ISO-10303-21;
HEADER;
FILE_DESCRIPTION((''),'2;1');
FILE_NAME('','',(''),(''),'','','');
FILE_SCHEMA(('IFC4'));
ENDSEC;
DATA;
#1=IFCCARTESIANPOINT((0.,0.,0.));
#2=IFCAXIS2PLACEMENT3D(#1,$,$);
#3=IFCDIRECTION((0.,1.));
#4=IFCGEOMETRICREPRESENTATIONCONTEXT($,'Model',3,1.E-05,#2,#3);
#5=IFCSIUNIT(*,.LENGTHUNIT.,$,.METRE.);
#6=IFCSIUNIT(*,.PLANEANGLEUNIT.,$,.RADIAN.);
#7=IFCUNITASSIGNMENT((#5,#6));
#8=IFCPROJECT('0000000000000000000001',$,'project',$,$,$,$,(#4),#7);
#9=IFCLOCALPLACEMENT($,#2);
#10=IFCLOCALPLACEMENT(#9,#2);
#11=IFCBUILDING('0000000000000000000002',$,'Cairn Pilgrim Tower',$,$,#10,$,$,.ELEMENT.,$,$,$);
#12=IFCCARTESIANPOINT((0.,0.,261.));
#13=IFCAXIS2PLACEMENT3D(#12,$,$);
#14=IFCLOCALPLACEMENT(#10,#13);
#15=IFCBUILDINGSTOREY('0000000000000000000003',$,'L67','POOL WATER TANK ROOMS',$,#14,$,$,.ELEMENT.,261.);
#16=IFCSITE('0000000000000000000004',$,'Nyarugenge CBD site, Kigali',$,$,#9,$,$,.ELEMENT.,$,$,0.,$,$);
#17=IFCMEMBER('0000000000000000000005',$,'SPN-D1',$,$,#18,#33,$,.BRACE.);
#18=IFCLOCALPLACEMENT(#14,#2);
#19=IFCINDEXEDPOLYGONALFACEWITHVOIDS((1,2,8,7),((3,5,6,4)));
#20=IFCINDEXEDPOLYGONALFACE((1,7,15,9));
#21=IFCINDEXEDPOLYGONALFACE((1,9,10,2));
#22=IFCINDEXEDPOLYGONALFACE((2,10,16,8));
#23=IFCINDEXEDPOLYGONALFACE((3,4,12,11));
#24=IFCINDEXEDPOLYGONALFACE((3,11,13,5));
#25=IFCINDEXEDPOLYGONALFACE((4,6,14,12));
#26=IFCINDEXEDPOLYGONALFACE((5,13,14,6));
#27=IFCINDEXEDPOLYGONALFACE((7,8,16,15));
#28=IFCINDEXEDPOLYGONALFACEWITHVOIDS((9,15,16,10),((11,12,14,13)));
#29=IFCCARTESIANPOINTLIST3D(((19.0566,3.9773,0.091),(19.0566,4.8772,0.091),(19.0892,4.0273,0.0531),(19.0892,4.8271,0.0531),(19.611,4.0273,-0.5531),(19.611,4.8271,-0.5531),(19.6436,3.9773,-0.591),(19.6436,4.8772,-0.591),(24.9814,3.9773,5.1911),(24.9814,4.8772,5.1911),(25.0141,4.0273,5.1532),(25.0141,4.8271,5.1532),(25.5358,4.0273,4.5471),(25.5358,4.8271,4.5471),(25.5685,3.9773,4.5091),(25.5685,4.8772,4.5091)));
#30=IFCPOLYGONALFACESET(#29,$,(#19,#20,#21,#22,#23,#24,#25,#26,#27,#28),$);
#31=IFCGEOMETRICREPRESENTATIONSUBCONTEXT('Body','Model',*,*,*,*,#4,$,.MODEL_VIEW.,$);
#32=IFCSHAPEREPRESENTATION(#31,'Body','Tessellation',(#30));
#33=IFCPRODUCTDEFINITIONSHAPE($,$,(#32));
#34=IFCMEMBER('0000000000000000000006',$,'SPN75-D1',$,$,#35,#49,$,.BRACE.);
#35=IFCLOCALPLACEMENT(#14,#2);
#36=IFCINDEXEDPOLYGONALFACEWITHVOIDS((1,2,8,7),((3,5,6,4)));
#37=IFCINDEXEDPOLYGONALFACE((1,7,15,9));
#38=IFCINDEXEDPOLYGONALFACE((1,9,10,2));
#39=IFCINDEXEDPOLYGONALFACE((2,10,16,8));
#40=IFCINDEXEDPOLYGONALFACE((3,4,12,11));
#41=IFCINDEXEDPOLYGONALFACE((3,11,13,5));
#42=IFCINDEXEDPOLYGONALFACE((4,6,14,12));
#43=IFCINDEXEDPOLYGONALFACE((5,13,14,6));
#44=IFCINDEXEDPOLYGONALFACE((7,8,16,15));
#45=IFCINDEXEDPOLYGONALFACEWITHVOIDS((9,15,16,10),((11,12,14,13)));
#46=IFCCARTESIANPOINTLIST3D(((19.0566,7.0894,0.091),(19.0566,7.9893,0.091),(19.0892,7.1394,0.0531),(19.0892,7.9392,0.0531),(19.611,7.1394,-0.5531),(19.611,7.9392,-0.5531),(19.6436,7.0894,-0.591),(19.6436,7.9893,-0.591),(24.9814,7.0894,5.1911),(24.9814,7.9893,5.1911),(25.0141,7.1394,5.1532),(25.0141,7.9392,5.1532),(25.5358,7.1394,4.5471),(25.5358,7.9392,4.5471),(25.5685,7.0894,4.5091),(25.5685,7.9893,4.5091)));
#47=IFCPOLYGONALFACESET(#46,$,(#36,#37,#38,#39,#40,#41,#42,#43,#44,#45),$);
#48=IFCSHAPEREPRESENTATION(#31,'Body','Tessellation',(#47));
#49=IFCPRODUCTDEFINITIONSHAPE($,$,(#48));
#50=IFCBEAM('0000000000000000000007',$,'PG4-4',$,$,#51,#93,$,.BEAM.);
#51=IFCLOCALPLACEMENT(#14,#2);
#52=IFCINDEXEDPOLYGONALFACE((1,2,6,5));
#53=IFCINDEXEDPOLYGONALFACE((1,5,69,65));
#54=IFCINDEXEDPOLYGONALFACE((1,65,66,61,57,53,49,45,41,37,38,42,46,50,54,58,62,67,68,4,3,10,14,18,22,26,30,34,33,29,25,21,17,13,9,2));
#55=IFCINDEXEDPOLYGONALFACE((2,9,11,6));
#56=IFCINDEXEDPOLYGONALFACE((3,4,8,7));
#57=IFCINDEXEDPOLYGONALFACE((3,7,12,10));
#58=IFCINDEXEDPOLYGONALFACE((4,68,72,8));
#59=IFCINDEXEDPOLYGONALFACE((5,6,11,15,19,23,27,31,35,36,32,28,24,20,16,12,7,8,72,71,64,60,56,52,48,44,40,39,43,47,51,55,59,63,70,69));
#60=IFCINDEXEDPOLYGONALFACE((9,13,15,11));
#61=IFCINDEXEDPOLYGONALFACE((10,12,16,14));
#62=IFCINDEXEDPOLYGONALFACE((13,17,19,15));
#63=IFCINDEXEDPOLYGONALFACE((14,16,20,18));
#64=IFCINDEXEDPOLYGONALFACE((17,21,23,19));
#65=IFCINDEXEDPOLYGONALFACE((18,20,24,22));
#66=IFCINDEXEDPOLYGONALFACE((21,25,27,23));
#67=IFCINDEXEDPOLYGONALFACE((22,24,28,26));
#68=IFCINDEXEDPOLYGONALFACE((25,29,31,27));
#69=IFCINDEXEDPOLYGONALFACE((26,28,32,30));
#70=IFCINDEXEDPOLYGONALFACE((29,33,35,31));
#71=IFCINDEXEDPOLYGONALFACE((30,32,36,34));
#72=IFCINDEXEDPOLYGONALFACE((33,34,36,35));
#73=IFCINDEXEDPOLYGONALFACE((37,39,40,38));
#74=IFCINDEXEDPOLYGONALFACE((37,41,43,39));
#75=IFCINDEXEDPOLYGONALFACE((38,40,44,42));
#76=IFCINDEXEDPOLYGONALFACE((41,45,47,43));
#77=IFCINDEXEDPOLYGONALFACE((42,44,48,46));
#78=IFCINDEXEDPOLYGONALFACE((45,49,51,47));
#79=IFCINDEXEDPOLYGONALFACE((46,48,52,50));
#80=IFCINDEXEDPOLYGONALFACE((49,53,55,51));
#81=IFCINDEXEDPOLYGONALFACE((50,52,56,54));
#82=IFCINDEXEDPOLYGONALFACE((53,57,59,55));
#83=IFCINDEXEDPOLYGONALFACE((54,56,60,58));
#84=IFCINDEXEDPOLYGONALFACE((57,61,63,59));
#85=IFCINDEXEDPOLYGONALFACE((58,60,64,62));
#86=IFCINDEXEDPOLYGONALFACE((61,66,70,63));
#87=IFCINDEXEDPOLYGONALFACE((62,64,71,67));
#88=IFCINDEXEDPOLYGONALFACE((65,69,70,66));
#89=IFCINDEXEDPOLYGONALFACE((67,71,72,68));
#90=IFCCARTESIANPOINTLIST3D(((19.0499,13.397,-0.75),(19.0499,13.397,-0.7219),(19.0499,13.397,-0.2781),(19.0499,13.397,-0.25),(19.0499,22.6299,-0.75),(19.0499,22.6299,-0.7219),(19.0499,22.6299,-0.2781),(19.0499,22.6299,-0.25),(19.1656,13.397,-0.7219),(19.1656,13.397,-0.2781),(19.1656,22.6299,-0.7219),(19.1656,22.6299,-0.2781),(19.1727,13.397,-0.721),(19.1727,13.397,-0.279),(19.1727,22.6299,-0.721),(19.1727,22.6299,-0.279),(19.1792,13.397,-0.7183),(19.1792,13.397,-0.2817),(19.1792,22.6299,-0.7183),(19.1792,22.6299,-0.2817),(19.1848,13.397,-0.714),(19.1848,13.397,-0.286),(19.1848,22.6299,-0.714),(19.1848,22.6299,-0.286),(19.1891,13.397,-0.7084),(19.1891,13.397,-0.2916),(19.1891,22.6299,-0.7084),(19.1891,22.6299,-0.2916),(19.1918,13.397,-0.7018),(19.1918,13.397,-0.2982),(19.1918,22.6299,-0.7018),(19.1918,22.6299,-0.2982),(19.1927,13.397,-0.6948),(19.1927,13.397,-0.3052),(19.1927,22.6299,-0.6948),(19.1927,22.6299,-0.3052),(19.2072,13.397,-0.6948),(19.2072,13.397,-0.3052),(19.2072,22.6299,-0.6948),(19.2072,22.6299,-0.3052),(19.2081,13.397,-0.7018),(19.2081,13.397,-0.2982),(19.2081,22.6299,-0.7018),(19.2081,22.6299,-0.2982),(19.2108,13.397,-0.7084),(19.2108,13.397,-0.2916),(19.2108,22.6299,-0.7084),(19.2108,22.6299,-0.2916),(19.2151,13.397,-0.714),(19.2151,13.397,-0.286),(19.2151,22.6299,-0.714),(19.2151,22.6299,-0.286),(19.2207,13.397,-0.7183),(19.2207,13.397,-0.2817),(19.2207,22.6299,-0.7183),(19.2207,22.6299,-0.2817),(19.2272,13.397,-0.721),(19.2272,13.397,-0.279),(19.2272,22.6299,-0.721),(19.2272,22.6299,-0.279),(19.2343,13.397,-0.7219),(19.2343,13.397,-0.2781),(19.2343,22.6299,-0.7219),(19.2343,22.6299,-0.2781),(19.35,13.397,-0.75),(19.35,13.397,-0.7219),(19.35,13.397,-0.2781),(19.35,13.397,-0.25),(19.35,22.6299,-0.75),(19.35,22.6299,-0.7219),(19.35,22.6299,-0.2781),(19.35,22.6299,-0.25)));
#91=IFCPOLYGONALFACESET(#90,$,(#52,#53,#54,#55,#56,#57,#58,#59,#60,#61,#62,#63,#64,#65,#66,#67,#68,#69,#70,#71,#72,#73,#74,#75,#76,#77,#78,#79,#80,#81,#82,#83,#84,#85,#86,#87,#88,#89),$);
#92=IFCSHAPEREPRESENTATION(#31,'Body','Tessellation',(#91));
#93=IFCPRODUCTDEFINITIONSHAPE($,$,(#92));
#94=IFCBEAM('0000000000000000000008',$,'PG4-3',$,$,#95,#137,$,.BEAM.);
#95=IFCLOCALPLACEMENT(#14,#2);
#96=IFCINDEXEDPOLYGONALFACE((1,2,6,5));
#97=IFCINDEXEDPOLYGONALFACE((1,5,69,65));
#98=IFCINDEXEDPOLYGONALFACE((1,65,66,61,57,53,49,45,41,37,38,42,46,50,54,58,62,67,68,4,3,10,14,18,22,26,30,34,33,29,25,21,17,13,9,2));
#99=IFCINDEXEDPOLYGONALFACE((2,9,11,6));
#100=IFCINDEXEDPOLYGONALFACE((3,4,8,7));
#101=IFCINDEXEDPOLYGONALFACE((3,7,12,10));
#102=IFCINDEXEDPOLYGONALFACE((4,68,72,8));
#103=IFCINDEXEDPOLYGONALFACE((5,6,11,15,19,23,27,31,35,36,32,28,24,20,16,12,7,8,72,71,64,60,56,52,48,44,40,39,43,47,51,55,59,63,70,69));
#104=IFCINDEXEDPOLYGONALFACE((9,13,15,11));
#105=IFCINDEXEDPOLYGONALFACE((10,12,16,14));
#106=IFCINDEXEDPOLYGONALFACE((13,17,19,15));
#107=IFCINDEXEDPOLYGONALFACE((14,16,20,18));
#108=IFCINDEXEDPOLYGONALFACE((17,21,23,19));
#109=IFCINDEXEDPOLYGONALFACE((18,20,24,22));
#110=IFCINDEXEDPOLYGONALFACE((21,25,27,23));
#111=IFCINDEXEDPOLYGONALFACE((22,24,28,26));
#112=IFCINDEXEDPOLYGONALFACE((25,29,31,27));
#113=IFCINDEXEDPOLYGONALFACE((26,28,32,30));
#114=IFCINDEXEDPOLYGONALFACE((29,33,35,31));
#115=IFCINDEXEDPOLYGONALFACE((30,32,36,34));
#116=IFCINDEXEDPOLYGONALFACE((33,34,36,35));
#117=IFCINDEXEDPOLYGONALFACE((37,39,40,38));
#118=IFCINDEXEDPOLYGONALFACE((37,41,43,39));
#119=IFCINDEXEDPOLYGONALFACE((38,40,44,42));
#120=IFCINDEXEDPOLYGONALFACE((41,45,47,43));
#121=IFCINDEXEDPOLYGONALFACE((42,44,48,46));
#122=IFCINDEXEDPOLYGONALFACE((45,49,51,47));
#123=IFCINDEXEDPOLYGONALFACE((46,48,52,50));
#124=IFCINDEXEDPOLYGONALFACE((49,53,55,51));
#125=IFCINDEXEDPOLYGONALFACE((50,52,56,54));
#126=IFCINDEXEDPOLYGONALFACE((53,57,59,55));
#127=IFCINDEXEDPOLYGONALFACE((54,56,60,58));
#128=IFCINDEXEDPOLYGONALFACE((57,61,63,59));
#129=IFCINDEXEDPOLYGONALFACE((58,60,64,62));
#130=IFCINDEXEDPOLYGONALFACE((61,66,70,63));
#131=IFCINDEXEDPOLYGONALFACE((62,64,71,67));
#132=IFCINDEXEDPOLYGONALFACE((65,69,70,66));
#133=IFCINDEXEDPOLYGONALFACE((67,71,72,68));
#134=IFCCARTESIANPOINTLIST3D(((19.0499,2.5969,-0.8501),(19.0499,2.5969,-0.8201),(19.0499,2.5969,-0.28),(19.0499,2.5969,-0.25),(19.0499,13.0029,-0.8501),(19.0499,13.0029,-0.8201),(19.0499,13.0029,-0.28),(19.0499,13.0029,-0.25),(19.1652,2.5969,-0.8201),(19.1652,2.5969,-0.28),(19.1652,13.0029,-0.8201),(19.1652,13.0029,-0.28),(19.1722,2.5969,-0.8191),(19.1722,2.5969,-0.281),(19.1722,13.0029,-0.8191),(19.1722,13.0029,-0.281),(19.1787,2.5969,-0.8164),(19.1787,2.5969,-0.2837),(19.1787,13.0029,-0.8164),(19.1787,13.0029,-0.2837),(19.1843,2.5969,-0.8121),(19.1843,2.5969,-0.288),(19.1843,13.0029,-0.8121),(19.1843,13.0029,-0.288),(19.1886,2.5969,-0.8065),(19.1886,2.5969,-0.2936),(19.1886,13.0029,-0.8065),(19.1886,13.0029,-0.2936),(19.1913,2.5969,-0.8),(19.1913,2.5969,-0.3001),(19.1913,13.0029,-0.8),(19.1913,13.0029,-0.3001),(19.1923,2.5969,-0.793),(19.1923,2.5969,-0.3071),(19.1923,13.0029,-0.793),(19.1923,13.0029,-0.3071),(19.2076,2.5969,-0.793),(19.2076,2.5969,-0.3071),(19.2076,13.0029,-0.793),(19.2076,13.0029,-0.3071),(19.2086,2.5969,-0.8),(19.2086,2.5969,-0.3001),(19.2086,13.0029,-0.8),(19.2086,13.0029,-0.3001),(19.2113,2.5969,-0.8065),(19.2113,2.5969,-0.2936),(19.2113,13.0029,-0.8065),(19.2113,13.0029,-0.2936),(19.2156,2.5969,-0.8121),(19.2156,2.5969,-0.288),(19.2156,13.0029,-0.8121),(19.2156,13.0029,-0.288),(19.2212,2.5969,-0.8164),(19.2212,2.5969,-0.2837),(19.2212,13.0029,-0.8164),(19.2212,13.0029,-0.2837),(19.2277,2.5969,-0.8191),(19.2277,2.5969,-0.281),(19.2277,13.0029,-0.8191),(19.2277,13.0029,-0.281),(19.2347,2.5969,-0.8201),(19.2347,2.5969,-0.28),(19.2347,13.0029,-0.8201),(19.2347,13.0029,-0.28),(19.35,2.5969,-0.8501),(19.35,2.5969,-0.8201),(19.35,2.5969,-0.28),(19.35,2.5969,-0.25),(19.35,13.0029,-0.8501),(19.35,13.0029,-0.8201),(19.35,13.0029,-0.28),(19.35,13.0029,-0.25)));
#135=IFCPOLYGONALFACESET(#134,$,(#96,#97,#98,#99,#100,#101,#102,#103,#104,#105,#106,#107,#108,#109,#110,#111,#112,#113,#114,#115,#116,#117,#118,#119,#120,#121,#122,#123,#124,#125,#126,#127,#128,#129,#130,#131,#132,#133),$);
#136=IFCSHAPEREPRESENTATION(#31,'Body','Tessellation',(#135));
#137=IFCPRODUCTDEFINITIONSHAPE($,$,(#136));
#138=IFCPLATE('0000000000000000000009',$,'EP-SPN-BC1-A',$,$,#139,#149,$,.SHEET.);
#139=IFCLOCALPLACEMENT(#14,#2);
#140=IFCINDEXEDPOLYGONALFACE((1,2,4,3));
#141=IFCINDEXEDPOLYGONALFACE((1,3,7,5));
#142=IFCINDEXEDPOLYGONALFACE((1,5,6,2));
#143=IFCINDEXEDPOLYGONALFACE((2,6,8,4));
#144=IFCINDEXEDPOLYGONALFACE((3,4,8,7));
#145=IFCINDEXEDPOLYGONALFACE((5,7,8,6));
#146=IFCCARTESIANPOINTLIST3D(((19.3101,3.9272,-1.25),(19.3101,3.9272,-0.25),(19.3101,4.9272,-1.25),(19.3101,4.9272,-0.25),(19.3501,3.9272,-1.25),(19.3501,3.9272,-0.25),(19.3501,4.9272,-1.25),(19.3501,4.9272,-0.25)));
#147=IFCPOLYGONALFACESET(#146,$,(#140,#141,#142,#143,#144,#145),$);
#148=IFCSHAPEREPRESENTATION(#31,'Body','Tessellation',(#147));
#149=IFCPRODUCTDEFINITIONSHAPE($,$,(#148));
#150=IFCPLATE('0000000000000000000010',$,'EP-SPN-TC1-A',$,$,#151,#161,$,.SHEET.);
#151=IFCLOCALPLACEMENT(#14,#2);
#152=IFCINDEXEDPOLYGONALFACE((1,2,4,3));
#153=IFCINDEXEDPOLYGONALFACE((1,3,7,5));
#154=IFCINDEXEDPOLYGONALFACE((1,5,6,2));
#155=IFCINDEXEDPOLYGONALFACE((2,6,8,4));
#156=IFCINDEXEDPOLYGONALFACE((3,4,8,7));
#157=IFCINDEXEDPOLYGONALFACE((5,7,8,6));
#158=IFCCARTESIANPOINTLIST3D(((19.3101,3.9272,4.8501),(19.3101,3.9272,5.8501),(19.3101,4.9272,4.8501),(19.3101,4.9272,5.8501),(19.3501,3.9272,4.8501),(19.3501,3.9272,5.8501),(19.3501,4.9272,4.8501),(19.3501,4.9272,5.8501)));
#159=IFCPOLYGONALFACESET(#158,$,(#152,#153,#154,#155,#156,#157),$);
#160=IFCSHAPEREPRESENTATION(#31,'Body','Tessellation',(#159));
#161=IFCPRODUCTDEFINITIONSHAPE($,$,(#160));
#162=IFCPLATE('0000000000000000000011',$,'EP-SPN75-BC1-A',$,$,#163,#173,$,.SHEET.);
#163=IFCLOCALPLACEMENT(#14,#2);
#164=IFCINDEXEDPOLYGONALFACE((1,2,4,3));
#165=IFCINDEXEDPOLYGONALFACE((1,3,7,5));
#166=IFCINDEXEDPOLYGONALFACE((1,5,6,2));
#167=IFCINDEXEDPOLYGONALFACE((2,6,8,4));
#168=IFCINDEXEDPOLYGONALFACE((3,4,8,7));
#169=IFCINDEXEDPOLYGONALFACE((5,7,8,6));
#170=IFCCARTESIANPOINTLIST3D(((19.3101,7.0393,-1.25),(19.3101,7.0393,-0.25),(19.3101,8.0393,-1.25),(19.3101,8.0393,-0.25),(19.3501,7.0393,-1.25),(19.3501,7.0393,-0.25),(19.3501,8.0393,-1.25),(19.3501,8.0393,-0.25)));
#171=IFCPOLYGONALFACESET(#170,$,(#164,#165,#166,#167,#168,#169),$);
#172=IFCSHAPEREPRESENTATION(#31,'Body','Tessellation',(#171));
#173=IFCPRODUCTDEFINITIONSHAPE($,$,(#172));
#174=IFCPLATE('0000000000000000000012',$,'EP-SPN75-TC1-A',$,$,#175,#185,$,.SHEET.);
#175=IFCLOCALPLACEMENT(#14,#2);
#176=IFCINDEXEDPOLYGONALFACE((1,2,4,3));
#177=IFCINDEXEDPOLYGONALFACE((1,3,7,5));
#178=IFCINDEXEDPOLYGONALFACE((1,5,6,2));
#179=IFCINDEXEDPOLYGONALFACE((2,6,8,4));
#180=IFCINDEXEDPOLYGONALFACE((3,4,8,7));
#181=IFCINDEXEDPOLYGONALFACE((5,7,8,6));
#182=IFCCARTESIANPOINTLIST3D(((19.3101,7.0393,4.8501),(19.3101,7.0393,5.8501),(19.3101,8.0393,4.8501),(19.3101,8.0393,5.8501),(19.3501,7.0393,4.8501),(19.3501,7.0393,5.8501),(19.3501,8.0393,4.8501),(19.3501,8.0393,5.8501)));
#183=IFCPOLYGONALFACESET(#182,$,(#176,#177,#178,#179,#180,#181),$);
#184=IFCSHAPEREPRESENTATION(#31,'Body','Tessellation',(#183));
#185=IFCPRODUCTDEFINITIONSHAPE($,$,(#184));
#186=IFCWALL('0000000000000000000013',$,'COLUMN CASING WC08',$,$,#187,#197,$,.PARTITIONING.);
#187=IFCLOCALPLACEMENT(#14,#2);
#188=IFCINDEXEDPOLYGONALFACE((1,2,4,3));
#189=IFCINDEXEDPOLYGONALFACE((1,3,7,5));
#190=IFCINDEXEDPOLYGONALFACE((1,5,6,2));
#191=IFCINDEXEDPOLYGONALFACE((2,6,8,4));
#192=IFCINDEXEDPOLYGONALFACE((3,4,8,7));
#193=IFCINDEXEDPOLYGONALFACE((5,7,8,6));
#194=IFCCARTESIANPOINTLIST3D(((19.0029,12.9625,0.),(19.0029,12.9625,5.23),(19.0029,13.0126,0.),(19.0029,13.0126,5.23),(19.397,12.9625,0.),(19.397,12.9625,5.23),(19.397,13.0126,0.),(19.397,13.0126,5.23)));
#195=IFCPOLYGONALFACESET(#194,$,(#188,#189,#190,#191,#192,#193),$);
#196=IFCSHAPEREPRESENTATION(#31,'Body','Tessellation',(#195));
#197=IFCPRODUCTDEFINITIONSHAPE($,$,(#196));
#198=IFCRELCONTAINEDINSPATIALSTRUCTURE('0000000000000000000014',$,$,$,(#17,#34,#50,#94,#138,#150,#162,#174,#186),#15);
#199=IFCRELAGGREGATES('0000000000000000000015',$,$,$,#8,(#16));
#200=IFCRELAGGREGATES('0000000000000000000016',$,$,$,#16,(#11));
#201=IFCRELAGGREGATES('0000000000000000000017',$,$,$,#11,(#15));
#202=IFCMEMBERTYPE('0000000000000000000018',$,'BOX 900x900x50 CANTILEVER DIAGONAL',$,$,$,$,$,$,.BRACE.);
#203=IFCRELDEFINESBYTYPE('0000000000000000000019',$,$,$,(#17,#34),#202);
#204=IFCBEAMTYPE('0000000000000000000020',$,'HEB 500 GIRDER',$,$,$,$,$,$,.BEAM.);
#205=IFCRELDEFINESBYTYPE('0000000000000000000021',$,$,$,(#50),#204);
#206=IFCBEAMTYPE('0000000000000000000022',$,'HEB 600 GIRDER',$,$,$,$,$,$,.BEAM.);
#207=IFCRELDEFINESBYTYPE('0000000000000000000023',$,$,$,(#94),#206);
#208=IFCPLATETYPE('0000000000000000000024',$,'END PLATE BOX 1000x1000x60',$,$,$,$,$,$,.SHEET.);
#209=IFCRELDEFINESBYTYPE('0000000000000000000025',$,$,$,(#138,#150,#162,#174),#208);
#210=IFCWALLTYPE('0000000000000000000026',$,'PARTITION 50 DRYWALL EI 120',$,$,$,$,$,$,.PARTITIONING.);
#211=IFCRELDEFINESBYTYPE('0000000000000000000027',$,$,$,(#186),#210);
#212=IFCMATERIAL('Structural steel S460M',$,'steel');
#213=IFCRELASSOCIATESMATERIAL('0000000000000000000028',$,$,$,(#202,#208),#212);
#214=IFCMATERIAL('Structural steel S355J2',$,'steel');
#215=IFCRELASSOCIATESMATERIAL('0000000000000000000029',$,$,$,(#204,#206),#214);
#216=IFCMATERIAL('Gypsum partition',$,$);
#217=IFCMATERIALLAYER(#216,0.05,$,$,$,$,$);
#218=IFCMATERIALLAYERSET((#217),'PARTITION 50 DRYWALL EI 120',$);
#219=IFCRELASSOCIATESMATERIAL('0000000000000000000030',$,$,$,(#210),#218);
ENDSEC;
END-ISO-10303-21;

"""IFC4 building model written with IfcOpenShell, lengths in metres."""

from ifc_helpers import new_model, si_unit, direction, frame, frame_2d, origin, origin_2d, place, context, subcontext, project, spatial, rectangle, hollow_rectangle, i_section, extrude, material, layer, layer_set, material_profile, profile_set, type_object, element, save


model = new_model("IFC4")

# Units and contexts
model_context = context("Model", 3, precision=1e-05, world=origin(), true_north=direction((0.0, 1.0)))
body_context = subcontext(model_context, "Body", "Model", "MODEL_VIEW")
ifc_project = project(units=[si_unit("LENGTHUNIT", "METRE"), si_unit("PLANEANGLEUNIT", "RADIAN")], contexts=[model_context])

# Site, building, storey
site_placement = place(None, origin())
site = spatial("IfcSite", under=ifc_project, at=site_placement, Name="Nyarugenge CBD site, Kigali", CompositionType="ELEMENT", RefElevation=0.0)
building_placement = place(site_placement, origin())
building = spatial("IfcBuilding", under=site, at=building_placement, Name="Cairn Pilgrim Tower", CompositionType="ELEMENT")
storey_placement = place(building_placement, frame((0.0, 0.0, 261.0)))
storey = spatial("IfcBuildingStorey", under=building, at=storey_placement, Name="L67", Description="POOL WATER TANK ROOMS", CompositionType="ELEMENT", Elevation=261.0)

# Shared definitions
ifc_material_1 = material(Name="Structural steel S355J2", Category="steel")

# Members
ifc_material_2 = material(Name="Structural steel S460M", Category="steel")
ifc_material_profile_1 = material_profile(ifc_material_2, hollow_rectangle(XDim=0.8999, YDim=0.8999, WallThickness=0.05, at=origin_2d()), Name="BOX 900x900x50")
ifc_profile_set_1 = profile_set([ifc_material_profile_1], Name="Structural steel S460M")
member_type_1 = type_object("IfcMemberType", Name="BOX 900x900x50 CANTILEVER DIAGONAL", PredefinedType="BRACE", material=ifc_profile_set_1)
for number, where, z_axis, x_axis, name in (
    (1, (19.3501, 4.4272, -0.25), (0.757884, 0.0, 0.65239), (0.0, 1.0, 0.0), "SPN-D1"),
    (2, (19.3501, 7.5393, -0.25), (0.757884, 0.0, 0.65239), (0.0, 1.0, 0.0), "SPN75-D1"),
):
    element("IfcMember", number, at=place(storey_placement, frame(where, z_axis=z_axis, x_axis=x_axis)), inside=storey, type_object=member_type_1, Name=name, PredefinedType="BRACE", context=body_context, shape_type="SweptSolid", body=[
        extrude(hollow_rectangle(XDim=0.8999, YDim=0.8999, WallThickness=0.05, at=origin_2d()), origin(), (0.0, 0.0, 1.0), 7.8176),
    ])

# Beams
ifc_material_profile_2 = material_profile(ifc_material_1, i_section(OverallWidth=0.3, OverallDepth=0.5, WebThickness=0.0144, FlangeThickness=0.0281, FilletRadius=0.0271, at=origin_2d()), Name="HEB 500")
ifc_profile_set_2 = profile_set([ifc_material_profile_2], Name="Structural steel S355J2")
beam_type_1 = type_object("IfcBeamType", Name="HEB 500 GIRDER", PredefinedType="BEAM", material=ifc_profile_set_2)
beam_1_placement = place(storey_placement, frame((19.2, 13.397, -0.5), z_axis=(0.0, 1.0, 0.0), x_axis=(-1.0, 0.0, 0.0)))
element("IfcBeam", 3, at=beam_1_placement, inside=storey, type_object=beam_type_1, Name="PG4-4", PredefinedType="BEAM", context=body_context, shape_type="SweptSolid", body=[
    extrude(i_section(OverallWidth=0.3, OverallDepth=0.5, WebThickness=0.0144, FlangeThickness=0.0281, FilletRadius=0.0271, at=origin_2d()), origin(), (0.0, 0.0, 1.0), 9.2329),
])
ifc_material_profile_3 = material_profile(ifc_material_1, i_section(OverallWidth=0.3, OverallDepth=0.6001, WebThickness=0.0154, FlangeThickness=0.03, FilletRadius=0.0271, at=origin_2d()), Name="HEB 600")
ifc_profile_set_3 = profile_set([ifc_material_profile_3], Name="Structural steel S355J2")
beam_type_2 = type_object("IfcBeamType", Name="HEB 600 GIRDER", PredefinedType="BEAM", material=ifc_profile_set_3)
beam_2_placement = place(storey_placement, frame((19.2, 2.5969, -0.55), z_axis=(0.0, 1.0, 0.0), x_axis=(-1.0, 0.0, 0.0)))
element("IfcBeam", 4, at=beam_2_placement, inside=storey, type_object=beam_type_2, Name="PG4-3", PredefinedType="BEAM", context=body_context, shape_type="SweptSolid", body=[
    extrude(i_section(OverallWidth=0.3, OverallDepth=0.6001, WebThickness=0.0154, FlangeThickness=0.03, FilletRadius=0.0271, at=origin_2d()), origin(), (0.0, 0.0, 1.0), 10.406),
])

# Plates
ifc_material_profile_4 = material_profile(ifc_material_2, rectangle(XDim=1.0, YDim=1.0, at=origin_2d()), Name="END PLATE BOX 1000x1000x60")
ifc_profile_set_4 = profile_set([ifc_material_profile_4], Name="Structural steel S460M")
plate_type = type_object("IfcPlateType", Name="END PLATE BOX 1000x1000x60", PredefinedType="SHEET", material=ifc_profile_set_4)
for number, where, z_axis, x_axis, name in (
    (5, (19.3501, 4.4272, -0.75), (-1.0, 0.0, 0.0), (0.0, -1.0, 0.0), "EP-SPN-BC1-A"),
    (6, (19.3501, 4.4272, 5.3501), (-1.0, 0.0, 0.0), (0.0, -1.0, 0.0), "EP-SPN-TC1-A"),
    (7, (19.3501, 7.5393, -0.75), (-1.0, 0.0, 0.0), (0.0, -1.0, 0.0), "EP-SPN75-BC1-A"),
    (8, (19.3501, 7.5393, 5.3501), (-1.0, 0.0, 0.0), (0.0, -1.0, 0.0), "EP-SPN75-TC1-A"),
):
    element("IfcPlate", number, at=place(storey_placement, frame(where, z_axis=z_axis, x_axis=x_axis)), inside=storey, type_object=plate_type, Name=name, PredefinedType="SHEET", context=body_context, shape_type="SweptSolid", body=[
        extrude(rectangle(XDim=1.0, YDim=1.0, at=origin_2d()), origin(), (0.0, 0.0, 1.0), 0.04),
    ])

# Wall
ifc_material_3 = material(Name="Gypsum partition")
ifc_layer_1 = layer(ifc_material_3, 0.05)
ifc_layer_set_1 = layer_set([ifc_layer_1], Name="PARTITION 50 DRYWALL EI 120")
wall_type_1 = type_object("IfcWallType", Name="PARTITION 50 DRYWALL EI 120", PredefinedType="PARTITIONING", material=ifc_layer_set_1)
wall_1_placement = place(storey_placement, frame((19.0029, 12.9875, 0.0), z_axis=(0.0, 0.0, 1.0), x_axis=(1.0, 0.0, 0.0)))
element("IfcWall", 9, at=wall_1_placement, inside=storey, type_object=wall_type_1, Name="COLUMN CASING WC08", PredefinedType="PARTITIONING", context=body_context, shape_type="SweptSolid", body=[
    extrude(rectangle(XDim=0.394, YDim=0.05, at=frame_2d((0.197, 0.0))), origin(), (0.0, 0.0, 1.0), 5.23),
])

save(model, "model.ifc")
